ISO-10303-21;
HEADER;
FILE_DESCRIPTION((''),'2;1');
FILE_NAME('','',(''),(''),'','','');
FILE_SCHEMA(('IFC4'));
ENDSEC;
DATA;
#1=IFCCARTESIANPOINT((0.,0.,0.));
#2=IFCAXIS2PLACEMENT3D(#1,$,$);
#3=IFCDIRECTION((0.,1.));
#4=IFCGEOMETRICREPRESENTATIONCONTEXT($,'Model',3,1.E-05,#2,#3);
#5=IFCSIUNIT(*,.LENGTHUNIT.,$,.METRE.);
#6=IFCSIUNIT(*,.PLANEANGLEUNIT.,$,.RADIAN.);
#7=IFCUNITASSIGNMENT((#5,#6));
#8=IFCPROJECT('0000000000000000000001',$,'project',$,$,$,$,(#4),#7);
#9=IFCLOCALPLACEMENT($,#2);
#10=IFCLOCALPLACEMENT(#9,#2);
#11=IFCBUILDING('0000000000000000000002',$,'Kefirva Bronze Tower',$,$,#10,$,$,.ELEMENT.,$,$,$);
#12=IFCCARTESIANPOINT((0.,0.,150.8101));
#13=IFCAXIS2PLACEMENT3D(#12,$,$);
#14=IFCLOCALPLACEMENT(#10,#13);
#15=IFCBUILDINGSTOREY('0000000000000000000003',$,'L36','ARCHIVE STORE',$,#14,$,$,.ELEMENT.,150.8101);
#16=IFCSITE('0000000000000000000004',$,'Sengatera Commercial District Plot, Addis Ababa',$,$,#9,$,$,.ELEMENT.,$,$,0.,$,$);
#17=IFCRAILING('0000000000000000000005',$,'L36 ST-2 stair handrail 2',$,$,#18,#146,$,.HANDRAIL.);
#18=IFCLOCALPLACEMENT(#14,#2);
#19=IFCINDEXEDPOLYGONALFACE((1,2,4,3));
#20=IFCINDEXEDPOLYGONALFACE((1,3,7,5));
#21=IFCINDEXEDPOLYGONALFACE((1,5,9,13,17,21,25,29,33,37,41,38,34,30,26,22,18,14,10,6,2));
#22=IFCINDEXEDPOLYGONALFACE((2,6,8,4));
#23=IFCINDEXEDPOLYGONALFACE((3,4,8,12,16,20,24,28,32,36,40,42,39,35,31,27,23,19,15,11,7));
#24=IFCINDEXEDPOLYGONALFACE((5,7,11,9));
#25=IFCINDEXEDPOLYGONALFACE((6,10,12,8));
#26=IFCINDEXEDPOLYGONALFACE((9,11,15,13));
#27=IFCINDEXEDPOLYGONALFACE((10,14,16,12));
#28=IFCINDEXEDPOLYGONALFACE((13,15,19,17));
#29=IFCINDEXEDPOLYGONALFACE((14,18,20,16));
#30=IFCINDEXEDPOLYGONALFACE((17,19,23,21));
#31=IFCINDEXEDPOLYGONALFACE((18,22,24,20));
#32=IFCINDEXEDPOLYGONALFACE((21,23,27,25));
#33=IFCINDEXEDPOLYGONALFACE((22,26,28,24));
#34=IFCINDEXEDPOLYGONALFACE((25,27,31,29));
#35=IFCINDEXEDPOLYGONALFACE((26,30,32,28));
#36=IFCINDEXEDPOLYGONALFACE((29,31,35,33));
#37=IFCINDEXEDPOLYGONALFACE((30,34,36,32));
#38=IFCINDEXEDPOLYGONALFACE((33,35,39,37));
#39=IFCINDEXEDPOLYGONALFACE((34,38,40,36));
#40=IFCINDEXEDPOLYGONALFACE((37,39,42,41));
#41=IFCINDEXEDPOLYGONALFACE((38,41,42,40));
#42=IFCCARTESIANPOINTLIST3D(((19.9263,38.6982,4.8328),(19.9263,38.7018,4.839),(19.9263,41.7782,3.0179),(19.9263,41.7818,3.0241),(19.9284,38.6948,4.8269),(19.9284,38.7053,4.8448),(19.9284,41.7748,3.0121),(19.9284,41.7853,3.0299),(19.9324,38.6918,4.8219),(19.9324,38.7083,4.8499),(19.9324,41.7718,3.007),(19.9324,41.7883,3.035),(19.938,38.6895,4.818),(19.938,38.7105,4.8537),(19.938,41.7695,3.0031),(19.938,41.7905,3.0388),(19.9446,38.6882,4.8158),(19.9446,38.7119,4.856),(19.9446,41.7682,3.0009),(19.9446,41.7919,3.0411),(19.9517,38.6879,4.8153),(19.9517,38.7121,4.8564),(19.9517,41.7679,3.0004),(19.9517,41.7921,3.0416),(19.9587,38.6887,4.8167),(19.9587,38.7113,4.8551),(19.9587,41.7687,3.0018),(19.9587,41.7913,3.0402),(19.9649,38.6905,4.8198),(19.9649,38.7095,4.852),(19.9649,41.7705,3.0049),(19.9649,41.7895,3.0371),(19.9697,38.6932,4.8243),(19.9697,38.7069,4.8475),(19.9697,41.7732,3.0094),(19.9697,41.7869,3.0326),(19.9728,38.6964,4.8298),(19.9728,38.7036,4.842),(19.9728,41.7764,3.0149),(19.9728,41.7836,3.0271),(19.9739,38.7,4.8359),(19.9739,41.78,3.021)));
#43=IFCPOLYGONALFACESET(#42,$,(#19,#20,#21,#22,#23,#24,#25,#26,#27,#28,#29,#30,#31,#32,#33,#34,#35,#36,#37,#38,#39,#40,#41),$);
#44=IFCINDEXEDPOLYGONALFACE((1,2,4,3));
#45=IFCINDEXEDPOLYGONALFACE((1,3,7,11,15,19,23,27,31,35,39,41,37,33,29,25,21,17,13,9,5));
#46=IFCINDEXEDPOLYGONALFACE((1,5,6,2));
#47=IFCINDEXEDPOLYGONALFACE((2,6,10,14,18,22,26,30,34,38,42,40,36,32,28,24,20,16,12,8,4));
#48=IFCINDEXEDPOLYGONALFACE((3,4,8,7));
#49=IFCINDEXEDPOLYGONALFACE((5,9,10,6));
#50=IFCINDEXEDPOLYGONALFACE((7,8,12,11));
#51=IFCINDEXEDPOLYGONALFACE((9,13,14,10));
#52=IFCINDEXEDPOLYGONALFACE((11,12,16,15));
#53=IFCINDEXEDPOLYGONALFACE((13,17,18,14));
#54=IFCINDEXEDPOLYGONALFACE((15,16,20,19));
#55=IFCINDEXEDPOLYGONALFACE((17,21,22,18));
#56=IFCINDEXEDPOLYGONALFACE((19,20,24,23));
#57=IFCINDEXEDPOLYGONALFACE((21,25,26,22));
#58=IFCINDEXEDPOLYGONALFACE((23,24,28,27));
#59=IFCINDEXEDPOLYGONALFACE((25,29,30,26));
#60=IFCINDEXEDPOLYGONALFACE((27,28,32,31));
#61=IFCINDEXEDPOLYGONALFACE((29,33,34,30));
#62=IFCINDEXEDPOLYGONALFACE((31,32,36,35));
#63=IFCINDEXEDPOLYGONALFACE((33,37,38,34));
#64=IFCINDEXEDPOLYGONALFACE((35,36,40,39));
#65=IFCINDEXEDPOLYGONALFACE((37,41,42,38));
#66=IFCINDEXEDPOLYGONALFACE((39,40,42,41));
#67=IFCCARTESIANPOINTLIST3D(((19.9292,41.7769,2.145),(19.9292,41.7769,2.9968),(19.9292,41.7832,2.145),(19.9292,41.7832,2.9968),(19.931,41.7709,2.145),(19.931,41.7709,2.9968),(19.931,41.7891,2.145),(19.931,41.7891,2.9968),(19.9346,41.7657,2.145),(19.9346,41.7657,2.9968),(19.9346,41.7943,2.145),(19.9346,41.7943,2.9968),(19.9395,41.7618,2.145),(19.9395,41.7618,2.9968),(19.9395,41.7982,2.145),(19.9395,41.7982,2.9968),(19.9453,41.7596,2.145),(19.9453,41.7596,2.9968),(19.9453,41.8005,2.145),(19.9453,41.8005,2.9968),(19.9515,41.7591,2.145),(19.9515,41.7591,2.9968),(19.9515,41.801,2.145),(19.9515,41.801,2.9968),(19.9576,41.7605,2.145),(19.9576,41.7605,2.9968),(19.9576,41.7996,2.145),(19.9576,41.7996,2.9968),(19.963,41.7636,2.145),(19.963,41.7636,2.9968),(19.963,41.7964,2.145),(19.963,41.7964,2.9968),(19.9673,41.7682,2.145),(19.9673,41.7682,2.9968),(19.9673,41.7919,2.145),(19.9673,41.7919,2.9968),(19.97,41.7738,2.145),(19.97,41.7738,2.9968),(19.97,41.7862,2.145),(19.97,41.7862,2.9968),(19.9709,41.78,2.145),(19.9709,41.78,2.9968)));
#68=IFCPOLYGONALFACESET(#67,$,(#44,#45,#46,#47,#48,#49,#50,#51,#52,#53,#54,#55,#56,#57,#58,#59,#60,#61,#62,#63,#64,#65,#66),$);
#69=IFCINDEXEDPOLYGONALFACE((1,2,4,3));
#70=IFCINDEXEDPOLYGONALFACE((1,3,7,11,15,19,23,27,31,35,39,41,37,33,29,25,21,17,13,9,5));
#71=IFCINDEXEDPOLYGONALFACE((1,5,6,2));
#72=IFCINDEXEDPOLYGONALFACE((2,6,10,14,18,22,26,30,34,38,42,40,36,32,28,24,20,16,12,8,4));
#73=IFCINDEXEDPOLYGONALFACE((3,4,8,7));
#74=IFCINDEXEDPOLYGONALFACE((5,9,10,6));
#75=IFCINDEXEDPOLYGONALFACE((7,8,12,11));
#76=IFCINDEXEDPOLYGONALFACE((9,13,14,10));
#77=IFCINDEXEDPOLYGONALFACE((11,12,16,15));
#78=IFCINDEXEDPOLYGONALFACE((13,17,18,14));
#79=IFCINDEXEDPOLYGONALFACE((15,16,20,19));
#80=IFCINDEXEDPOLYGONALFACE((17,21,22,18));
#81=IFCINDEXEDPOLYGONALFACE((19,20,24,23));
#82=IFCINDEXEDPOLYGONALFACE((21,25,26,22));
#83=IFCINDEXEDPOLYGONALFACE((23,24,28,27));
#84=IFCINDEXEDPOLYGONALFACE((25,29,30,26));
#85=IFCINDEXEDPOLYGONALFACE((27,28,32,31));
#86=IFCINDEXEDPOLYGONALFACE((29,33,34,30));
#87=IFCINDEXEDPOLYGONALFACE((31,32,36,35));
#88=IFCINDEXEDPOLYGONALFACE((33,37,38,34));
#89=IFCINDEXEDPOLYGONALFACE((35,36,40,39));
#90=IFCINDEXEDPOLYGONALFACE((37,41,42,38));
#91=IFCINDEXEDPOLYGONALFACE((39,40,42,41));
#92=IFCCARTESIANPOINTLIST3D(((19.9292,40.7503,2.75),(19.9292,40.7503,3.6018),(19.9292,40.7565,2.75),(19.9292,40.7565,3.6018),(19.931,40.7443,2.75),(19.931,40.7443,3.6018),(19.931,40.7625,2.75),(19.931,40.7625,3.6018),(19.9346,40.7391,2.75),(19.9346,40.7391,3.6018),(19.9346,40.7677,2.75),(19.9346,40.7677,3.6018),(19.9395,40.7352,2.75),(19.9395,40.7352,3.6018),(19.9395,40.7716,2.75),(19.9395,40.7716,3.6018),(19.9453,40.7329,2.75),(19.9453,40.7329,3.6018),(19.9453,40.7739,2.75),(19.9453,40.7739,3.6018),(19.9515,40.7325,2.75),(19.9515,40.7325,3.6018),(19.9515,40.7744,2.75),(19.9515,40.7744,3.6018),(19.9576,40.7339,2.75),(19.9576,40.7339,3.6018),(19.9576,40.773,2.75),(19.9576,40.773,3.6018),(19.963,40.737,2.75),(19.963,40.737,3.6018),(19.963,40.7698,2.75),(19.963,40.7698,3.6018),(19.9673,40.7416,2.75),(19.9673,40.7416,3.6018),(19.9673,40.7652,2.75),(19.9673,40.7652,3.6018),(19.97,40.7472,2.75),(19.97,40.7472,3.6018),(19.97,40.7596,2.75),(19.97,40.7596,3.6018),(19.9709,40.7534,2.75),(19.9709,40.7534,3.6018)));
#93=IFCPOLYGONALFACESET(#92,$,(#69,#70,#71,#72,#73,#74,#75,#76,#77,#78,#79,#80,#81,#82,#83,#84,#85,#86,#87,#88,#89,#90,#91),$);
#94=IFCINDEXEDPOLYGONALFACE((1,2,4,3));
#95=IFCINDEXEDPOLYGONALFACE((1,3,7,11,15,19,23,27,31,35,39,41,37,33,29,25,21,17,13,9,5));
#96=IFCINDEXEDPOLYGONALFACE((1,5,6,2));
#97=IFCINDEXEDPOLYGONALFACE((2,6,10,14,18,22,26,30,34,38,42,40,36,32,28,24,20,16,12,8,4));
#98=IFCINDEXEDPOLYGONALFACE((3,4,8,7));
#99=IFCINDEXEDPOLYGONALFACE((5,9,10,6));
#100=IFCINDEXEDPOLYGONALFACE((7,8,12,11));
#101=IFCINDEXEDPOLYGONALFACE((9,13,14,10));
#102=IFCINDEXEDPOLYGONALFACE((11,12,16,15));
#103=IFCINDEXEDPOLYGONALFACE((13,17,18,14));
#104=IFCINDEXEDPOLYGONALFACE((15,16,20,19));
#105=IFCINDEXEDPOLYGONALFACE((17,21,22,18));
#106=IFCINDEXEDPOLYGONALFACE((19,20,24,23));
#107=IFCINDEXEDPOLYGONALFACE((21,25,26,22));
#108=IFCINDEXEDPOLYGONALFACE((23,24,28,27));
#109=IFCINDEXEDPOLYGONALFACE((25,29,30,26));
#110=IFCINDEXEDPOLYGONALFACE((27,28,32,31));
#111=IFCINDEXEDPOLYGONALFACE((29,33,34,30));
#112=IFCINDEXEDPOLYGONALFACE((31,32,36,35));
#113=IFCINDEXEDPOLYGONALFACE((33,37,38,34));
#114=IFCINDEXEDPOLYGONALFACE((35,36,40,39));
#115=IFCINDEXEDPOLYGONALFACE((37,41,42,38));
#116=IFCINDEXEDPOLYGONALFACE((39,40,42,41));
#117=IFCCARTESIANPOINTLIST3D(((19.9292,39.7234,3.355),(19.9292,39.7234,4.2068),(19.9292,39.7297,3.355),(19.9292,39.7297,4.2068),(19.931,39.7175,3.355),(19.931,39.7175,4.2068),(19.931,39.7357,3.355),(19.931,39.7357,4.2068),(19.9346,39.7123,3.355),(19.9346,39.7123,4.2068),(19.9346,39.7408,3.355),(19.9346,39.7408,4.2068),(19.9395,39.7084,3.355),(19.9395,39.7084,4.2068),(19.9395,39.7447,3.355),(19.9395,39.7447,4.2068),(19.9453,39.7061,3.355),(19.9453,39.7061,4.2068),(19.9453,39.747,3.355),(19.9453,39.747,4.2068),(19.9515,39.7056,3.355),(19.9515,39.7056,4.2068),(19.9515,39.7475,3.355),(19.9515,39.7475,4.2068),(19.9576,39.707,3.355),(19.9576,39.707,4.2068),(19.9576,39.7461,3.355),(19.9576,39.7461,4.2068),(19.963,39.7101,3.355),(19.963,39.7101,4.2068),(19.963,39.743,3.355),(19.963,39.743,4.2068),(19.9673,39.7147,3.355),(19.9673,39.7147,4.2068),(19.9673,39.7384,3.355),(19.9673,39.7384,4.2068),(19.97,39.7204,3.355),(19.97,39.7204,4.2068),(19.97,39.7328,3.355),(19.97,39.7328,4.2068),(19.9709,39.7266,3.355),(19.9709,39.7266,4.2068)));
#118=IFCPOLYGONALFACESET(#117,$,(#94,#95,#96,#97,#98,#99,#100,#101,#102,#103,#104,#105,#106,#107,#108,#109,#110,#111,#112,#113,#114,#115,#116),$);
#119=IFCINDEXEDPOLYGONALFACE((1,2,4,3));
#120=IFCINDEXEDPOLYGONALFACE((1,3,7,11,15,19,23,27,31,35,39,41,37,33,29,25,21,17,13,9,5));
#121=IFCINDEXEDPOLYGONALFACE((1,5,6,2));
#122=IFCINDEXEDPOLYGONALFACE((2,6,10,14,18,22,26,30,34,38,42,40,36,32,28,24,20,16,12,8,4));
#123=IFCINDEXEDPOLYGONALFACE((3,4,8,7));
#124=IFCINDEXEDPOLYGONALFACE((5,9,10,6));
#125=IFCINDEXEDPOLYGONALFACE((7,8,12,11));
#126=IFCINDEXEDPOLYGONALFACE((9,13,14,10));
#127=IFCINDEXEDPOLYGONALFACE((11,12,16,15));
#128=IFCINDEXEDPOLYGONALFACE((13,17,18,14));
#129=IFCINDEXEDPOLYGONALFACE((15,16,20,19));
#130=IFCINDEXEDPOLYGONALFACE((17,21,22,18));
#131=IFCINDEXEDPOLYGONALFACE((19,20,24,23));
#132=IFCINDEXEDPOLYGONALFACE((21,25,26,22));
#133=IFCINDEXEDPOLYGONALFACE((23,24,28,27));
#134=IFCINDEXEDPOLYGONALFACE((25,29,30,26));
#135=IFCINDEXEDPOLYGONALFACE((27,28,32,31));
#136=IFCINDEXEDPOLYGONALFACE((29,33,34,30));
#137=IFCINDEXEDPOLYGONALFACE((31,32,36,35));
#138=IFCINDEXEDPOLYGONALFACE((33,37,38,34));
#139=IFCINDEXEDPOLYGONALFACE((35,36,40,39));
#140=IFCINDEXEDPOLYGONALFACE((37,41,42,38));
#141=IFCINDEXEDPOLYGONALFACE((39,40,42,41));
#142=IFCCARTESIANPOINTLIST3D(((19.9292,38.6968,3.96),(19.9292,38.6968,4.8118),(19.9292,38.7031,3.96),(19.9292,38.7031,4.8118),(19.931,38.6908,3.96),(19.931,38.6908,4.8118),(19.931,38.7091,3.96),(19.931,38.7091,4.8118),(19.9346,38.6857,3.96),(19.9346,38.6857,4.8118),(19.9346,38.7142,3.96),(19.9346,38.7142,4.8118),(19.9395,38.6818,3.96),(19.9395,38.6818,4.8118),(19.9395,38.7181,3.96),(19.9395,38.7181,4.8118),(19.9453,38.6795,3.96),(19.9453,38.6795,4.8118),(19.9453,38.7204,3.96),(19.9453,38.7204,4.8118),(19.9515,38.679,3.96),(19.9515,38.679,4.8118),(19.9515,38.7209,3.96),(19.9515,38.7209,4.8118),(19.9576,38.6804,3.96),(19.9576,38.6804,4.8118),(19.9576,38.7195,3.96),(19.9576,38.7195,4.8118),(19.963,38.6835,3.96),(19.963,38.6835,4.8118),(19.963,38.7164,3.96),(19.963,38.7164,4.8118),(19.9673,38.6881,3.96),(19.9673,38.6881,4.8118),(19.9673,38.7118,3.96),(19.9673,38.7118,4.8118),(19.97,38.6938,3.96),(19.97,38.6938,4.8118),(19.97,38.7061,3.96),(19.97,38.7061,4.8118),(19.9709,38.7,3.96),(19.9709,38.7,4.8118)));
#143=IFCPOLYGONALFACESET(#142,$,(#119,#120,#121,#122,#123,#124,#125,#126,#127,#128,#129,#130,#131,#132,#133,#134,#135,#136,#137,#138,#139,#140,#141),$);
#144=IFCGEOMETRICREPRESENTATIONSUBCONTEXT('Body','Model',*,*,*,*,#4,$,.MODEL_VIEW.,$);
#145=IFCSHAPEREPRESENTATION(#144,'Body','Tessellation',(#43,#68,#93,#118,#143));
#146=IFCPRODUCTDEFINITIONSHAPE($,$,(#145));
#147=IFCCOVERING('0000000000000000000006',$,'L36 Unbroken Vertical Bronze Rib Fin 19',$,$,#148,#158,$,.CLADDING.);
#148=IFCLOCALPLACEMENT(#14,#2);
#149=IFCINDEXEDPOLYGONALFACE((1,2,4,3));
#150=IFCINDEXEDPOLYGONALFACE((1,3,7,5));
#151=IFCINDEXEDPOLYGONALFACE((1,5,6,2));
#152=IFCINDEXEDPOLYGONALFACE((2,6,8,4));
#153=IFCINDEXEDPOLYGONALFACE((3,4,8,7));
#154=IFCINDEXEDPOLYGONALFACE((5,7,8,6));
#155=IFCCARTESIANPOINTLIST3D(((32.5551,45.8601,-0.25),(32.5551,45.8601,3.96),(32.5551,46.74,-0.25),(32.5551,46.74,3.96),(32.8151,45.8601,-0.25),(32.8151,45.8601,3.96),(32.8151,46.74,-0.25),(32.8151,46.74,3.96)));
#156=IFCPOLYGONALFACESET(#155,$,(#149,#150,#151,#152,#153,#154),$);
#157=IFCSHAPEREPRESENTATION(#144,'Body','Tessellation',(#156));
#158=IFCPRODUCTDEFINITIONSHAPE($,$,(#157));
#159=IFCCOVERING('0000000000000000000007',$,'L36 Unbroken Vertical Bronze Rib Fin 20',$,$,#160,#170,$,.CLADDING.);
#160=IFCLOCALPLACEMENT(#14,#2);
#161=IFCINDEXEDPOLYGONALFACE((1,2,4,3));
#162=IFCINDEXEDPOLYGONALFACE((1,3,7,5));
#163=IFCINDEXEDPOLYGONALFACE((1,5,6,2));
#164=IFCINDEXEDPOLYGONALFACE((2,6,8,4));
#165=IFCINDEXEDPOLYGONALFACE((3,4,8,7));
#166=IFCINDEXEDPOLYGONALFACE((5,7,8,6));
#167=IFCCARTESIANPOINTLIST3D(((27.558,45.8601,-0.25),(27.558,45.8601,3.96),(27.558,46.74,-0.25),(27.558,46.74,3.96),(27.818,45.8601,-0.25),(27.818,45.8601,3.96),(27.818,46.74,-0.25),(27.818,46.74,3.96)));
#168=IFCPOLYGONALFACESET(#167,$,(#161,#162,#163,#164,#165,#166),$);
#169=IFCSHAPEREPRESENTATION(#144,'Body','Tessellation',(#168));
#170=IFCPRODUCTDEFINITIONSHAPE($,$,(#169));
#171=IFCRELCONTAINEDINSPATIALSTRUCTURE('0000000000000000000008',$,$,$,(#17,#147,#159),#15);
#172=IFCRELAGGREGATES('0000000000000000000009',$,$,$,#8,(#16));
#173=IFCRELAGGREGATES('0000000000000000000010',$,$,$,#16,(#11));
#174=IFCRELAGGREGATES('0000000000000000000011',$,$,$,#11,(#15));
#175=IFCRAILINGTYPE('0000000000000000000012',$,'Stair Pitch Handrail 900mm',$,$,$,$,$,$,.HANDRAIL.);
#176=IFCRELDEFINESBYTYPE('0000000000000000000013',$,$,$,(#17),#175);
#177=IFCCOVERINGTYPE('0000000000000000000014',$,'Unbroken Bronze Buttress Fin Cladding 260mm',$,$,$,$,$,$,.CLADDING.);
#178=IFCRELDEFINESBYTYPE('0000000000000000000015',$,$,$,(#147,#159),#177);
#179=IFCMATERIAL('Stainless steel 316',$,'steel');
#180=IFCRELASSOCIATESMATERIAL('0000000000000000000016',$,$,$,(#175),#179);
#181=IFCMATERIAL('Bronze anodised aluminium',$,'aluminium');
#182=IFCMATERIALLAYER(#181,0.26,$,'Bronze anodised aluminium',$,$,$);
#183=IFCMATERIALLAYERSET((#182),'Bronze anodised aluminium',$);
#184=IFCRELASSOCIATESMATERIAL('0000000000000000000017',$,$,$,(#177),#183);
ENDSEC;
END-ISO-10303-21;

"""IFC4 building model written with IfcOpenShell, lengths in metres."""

from ifc_helpers import new_model, si_unit, direction, frame, origin, origin_2d, place, context, subcontext, project, spatial, rectangle, circle, extrude, material, layer, layer_set, type_object, element, save


model = new_model("IFC4")

# Units and contexts
model_context = context("Model", 3, precision=1e-05, world=origin(), true_north=direction((0.0, 1.0)))
body_context = subcontext(model_context, "Body", "Model", "MODEL_VIEW")
ifc_project = project(units=[si_unit("LENGTHUNIT", "METRE"), si_unit("PLANEANGLEUNIT", "RADIAN")], contexts=[model_context])

# Site, building, storey
site_placement = place(None, origin())
site = spatial("IfcSite", under=ifc_project, at=site_placement, Name="Sengatera Commercial District Plot, Addis Ababa", CompositionType="ELEMENT", RefElevation=0.0)
building_placement = place(site_placement, origin())
building = spatial("IfcBuilding", under=site, at=building_placement, Name="Kefirva Bronze Tower", CompositionType="ELEMENT")
storey_placement = place(building_placement, frame((0.0, 0.0, 150.8101)))
storey = spatial("IfcBuildingStorey", under=building, at=storey_placement, Name="L36", Description="ARCHIVE STORE", CompositionType="ELEMENT", Elevation=150.8101)

# Shared definitions
ifc_material_1 = material(Name="Bronze anodised aluminium", Category="aluminium")

# Railing
ifc_material_2 = material(Name="Stainless steel 316", Category="steel")
railing_type_1 = type_object("IfcRailingType", Name="Stair Pitch Handrail 900mm", PredefinedType="HANDRAIL", material=ifc_material_2)
railing_1_placement = place(storey_placement, frame((19.95, 41.78, 2.145)))
element("IfcRailing", 1, at=railing_1_placement, inside=storey, type_object=railing_type_1, Name="L36 ST-2 stair handrail 2", PredefinedType="HANDRAIL", context=body_context, shape_type="SweptSolid", body=[
    extrude(circle(Radius=0.0239, at=origin_2d()), frame((0.0, 0.0, 0.876), z_axis=(0.0, -0.861551, 0.507671), x_axis=(1.0, 0.0, 0.0)), (0.0, 0.0, 1.0), 3.575),
    extrude(circle(Radius=0.021, at=origin_2d()), origin(), (0.0, 0.0, 1.0), 0.8518),
    extrude(circle(Radius=0.021, at=origin_2d()), frame((0.0, -1.0266, 0.605)), (0.0, 0.0, 1.0), 0.8518),
    extrude(circle(Radius=0.021, at=origin_2d()), frame((0.0, -2.0535, 1.21)), (0.0, 0.0, 1.0), 0.8518),
    extrude(circle(Radius=0.021, at=origin_2d()), frame((0.0, -3.0801, 1.8149)), (0.0, 0.0, 1.0), 0.8518),
])

# Coverings
ifc_layer_1 = layer(ifc_material_1, 0.26, Name="Bronze anodised aluminium")
ifc_layer_set_1 = layer_set([ifc_layer_1], Name="Bronze anodised aluminium")
covering_type_1 = type_object("IfcCoveringType", Name="Unbroken Bronze Buttress Fin Cladding 260mm", PredefinedType="CLADDING", material=ifc_layer_set_1)
for number, where, z_axis, x_axis, name in (
    (2, (32.6851, 46.3, -0.25), (0.0, 0.0, 1.0), (-1.0, 0.0, 0.0), "L36 Unbroken Vertical Bronze Rib Fin 19"),
    (3, (27.688, 46.3, -0.25), (0.0, 0.0, 1.0), (-1.0, 0.0, 0.0), "L36 Unbroken Vertical Bronze Rib Fin 20"),
):
    element("IfcCovering", number, at=place(storey_placement, frame(where, z_axis=z_axis, x_axis=x_axis)), inside=storey, type_object=covering_type_1, Name=name, PredefinedType="CLADDING", context=body_context, shape_type="SweptSolid", body=[
        extrude(rectangle(XDim=0.26, YDim=0.8799, at=origin_2d()), origin(), (0.0, 0.0, 1.0), 4.21),
    ])

save(model, "model.ifc")
